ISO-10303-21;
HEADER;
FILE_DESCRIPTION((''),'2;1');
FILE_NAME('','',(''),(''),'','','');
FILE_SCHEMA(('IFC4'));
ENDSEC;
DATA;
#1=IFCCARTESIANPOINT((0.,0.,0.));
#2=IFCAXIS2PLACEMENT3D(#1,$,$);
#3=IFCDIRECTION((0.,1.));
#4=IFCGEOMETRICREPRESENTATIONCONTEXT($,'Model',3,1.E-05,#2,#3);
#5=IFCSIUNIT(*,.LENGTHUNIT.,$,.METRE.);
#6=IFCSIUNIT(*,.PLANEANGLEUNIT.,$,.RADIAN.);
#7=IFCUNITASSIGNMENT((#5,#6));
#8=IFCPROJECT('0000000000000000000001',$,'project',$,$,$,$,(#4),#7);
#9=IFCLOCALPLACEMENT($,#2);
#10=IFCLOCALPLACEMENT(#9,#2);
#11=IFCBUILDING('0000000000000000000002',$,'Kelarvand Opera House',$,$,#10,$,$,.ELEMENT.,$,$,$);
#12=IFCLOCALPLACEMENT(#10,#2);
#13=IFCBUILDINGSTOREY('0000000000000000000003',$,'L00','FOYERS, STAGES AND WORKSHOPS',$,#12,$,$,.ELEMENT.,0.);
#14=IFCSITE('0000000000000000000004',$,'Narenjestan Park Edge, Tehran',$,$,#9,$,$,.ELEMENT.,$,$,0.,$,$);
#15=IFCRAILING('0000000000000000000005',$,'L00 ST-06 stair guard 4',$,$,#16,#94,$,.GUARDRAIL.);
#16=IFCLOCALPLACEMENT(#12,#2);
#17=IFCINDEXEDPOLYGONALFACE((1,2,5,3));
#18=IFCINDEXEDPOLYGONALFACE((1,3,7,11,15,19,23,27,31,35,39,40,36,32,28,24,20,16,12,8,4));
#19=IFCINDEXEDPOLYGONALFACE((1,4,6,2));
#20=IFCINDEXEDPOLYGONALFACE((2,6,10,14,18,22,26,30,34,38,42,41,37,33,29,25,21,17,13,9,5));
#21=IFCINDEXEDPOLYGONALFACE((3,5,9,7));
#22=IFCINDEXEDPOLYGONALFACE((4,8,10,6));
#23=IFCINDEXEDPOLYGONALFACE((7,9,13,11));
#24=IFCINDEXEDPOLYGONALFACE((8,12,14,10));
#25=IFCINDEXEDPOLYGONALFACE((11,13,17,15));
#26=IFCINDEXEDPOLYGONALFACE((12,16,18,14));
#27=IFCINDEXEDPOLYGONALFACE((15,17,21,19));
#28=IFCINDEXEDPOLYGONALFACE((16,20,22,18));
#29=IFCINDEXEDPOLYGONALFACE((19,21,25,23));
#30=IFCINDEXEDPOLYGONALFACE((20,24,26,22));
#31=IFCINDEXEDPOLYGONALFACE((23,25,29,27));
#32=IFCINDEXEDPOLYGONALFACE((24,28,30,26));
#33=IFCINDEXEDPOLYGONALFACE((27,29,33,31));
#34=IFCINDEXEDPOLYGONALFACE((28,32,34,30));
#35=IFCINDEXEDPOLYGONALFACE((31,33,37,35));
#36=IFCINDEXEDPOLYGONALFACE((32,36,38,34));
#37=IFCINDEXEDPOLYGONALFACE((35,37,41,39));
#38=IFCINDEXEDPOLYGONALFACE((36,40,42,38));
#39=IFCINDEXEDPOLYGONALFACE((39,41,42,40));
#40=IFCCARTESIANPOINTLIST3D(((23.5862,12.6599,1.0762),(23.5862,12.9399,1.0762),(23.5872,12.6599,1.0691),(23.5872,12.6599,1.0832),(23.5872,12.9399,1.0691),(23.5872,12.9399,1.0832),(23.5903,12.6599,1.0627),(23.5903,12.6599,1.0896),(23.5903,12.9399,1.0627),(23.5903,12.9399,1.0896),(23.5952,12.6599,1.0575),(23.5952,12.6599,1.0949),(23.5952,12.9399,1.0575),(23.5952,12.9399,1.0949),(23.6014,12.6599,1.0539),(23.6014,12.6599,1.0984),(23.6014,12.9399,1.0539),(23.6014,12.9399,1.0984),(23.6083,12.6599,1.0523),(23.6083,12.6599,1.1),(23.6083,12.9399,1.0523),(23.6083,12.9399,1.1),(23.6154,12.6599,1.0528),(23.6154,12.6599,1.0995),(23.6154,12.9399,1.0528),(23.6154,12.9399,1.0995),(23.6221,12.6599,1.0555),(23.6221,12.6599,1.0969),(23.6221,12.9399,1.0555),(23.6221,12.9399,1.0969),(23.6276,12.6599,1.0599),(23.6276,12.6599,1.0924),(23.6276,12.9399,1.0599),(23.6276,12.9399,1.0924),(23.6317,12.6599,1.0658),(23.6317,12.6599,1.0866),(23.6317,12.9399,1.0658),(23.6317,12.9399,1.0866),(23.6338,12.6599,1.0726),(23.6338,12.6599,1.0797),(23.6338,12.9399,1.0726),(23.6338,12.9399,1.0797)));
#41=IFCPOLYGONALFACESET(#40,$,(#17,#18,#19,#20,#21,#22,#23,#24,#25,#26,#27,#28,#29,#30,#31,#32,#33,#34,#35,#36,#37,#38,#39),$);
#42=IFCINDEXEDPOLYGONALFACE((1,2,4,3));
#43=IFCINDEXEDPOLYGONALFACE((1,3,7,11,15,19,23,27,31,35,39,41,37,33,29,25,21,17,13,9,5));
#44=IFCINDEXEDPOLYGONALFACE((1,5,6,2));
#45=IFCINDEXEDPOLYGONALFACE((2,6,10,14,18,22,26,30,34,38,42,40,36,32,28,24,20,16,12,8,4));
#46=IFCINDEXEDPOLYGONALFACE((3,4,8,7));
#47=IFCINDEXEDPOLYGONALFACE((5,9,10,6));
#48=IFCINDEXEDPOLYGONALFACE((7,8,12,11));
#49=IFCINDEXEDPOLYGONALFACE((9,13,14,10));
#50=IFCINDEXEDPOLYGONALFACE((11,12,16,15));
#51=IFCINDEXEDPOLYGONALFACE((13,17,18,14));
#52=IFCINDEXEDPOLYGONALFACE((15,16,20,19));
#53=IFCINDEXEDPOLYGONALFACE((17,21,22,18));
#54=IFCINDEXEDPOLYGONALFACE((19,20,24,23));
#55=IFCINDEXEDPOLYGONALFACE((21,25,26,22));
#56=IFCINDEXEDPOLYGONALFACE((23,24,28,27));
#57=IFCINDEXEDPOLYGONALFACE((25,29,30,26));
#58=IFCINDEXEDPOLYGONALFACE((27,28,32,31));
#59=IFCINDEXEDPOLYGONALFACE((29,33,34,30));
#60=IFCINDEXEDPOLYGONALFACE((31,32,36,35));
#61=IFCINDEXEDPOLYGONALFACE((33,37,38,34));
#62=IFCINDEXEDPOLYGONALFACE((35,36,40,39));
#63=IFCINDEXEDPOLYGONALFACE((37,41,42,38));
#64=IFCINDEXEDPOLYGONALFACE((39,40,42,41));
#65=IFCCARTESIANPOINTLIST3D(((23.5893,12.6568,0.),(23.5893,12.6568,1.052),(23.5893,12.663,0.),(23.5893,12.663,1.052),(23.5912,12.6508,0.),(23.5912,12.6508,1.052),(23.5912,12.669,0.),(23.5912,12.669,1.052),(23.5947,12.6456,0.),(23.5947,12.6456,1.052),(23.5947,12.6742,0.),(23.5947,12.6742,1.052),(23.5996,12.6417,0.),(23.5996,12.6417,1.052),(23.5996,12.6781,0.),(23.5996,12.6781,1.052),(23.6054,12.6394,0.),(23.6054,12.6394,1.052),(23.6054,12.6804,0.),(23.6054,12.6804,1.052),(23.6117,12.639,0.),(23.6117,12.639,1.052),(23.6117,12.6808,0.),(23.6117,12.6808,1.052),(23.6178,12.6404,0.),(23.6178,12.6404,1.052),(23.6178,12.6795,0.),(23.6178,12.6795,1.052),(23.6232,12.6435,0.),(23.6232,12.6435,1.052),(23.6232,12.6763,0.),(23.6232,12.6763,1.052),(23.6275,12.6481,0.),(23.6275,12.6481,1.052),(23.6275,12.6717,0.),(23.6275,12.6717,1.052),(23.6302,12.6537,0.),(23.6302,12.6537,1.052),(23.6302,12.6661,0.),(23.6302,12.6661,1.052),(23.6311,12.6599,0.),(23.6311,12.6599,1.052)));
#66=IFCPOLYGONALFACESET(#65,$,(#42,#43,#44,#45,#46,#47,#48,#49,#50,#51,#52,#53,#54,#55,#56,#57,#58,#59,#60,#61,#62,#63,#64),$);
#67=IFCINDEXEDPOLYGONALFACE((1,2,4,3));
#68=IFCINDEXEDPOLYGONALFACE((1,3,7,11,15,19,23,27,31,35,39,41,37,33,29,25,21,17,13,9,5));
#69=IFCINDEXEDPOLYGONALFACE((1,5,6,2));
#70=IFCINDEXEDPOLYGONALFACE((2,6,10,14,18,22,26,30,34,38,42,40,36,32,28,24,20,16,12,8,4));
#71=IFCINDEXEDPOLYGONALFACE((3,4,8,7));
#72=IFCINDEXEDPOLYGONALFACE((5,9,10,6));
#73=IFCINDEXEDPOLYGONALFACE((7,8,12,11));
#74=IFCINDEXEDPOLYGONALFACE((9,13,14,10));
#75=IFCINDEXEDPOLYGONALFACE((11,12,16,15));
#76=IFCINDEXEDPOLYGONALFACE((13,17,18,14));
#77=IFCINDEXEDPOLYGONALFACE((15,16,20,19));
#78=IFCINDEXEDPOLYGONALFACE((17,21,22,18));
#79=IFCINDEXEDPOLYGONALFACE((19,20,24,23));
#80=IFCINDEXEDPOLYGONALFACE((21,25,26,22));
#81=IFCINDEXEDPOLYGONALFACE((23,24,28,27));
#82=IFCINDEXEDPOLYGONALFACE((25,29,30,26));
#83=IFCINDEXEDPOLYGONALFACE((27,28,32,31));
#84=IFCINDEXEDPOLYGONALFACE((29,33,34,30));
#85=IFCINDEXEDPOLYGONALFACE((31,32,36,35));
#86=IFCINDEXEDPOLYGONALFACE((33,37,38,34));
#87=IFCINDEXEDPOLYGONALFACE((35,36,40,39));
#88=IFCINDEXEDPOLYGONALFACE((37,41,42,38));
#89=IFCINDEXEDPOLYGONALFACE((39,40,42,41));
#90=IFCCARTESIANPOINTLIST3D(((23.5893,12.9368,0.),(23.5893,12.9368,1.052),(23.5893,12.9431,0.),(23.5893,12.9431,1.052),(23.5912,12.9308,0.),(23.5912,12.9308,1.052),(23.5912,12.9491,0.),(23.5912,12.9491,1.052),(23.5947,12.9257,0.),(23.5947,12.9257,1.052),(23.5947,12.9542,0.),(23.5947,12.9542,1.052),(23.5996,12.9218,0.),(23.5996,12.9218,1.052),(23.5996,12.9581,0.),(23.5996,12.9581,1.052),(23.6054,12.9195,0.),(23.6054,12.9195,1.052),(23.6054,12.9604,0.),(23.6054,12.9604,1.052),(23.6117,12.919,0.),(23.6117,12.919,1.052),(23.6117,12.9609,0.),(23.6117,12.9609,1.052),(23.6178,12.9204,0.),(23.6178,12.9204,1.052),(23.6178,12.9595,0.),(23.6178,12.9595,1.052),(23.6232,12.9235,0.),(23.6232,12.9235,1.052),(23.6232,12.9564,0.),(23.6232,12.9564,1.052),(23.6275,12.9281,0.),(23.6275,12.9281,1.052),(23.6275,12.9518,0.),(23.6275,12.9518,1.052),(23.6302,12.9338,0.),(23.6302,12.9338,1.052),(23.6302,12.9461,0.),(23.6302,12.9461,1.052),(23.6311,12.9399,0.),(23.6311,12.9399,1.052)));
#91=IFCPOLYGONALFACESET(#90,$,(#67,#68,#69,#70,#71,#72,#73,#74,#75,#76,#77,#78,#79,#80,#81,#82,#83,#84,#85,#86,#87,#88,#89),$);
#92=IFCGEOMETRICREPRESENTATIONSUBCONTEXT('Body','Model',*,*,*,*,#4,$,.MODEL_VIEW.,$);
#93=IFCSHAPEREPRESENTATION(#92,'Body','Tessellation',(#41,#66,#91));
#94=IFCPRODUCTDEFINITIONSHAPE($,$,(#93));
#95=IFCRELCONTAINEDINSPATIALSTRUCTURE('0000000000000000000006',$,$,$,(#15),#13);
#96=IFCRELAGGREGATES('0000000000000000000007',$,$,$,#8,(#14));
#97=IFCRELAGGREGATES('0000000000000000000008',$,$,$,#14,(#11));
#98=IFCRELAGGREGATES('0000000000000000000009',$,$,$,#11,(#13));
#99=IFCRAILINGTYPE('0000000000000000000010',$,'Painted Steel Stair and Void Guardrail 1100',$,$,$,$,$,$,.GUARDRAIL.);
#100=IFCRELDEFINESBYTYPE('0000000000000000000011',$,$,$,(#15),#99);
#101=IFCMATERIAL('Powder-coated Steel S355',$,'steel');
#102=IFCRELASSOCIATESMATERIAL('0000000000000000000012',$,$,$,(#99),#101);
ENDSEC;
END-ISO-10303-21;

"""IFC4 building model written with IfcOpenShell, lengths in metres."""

from ifc_helpers import new_model, si_unit, direction, frame, origin, origin_2d, place, context, subcontext, project, spatial, circle, extrude, material, type_object, element, save


model = new_model("IFC4")

# Units and contexts
model_context = context("Model", 3, precision=1e-05, world=origin(), true_north=direction((0.0, 1.0)))
body_context = subcontext(model_context, "Body", "Model", "MODEL_VIEW")
ifc_project = project(units=[si_unit("LENGTHUNIT", "METRE"), si_unit("PLANEANGLEUNIT", "RADIAN")], contexts=[model_context])

# Site, building, storey
site_placement = place(None, origin())
site = spatial("IfcSite", under=ifc_project, at=site_placement, Name="Narenjestan Park Edge, Tehran", CompositionType="ELEMENT", RefElevation=0.0)
building_placement = place(site_placement, origin())
building = spatial("IfcBuilding", under=site, at=building_placement, Name="Kelarvand Opera House", CompositionType="ELEMENT")
storey_placement = place(building_placement, origin())
storey = spatial("IfcBuildingStorey", under=building, at=storey_placement, Name="L00", Description="FOYERS, STAGES AND WORKSHOPS", CompositionType="ELEMENT", Elevation=0.0)

# Railing
ifc_material_1 = material(Name="Powder-coated Steel S355", Category="steel")
railing_type_1 = type_object("IfcRailingType", Name="Painted Steel Stair and Void Guardrail 1100", PredefinedType="GUARDRAIL", material=ifc_material_1)
railing_1_placement = place(storey_placement, frame((23.6101, 12.6599, 0.0)))
element("IfcRailing", 1, at=railing_1_placement, inside=storey, type_object=railing_type_1, Name="L00 ST-06 stair guard 4", PredefinedType="GUARDRAIL", context=body_context, shape_type="SweptSolid", body=[
    extrude(circle(Radius=0.0239, at=origin_2d()), frame((0.0, 0.0, 1.0762), z_axis=(0.0, 1.0, 0.0), x_axis=(-1.0, 0.0, 0.0)), (0.0, 0.0, 1.0), 0.28),
    extrude(circle(Radius=0.021, at=origin_2d()), origin(), (0.0, 0.0, 1.0), 1.052),
    extrude(circle(Radius=0.021, at=origin_2d()), frame((0.0, 0.28, 0.0)), (0.0, 0.0, 1.0), 1.052),
])

save(model, "model.ifc")
